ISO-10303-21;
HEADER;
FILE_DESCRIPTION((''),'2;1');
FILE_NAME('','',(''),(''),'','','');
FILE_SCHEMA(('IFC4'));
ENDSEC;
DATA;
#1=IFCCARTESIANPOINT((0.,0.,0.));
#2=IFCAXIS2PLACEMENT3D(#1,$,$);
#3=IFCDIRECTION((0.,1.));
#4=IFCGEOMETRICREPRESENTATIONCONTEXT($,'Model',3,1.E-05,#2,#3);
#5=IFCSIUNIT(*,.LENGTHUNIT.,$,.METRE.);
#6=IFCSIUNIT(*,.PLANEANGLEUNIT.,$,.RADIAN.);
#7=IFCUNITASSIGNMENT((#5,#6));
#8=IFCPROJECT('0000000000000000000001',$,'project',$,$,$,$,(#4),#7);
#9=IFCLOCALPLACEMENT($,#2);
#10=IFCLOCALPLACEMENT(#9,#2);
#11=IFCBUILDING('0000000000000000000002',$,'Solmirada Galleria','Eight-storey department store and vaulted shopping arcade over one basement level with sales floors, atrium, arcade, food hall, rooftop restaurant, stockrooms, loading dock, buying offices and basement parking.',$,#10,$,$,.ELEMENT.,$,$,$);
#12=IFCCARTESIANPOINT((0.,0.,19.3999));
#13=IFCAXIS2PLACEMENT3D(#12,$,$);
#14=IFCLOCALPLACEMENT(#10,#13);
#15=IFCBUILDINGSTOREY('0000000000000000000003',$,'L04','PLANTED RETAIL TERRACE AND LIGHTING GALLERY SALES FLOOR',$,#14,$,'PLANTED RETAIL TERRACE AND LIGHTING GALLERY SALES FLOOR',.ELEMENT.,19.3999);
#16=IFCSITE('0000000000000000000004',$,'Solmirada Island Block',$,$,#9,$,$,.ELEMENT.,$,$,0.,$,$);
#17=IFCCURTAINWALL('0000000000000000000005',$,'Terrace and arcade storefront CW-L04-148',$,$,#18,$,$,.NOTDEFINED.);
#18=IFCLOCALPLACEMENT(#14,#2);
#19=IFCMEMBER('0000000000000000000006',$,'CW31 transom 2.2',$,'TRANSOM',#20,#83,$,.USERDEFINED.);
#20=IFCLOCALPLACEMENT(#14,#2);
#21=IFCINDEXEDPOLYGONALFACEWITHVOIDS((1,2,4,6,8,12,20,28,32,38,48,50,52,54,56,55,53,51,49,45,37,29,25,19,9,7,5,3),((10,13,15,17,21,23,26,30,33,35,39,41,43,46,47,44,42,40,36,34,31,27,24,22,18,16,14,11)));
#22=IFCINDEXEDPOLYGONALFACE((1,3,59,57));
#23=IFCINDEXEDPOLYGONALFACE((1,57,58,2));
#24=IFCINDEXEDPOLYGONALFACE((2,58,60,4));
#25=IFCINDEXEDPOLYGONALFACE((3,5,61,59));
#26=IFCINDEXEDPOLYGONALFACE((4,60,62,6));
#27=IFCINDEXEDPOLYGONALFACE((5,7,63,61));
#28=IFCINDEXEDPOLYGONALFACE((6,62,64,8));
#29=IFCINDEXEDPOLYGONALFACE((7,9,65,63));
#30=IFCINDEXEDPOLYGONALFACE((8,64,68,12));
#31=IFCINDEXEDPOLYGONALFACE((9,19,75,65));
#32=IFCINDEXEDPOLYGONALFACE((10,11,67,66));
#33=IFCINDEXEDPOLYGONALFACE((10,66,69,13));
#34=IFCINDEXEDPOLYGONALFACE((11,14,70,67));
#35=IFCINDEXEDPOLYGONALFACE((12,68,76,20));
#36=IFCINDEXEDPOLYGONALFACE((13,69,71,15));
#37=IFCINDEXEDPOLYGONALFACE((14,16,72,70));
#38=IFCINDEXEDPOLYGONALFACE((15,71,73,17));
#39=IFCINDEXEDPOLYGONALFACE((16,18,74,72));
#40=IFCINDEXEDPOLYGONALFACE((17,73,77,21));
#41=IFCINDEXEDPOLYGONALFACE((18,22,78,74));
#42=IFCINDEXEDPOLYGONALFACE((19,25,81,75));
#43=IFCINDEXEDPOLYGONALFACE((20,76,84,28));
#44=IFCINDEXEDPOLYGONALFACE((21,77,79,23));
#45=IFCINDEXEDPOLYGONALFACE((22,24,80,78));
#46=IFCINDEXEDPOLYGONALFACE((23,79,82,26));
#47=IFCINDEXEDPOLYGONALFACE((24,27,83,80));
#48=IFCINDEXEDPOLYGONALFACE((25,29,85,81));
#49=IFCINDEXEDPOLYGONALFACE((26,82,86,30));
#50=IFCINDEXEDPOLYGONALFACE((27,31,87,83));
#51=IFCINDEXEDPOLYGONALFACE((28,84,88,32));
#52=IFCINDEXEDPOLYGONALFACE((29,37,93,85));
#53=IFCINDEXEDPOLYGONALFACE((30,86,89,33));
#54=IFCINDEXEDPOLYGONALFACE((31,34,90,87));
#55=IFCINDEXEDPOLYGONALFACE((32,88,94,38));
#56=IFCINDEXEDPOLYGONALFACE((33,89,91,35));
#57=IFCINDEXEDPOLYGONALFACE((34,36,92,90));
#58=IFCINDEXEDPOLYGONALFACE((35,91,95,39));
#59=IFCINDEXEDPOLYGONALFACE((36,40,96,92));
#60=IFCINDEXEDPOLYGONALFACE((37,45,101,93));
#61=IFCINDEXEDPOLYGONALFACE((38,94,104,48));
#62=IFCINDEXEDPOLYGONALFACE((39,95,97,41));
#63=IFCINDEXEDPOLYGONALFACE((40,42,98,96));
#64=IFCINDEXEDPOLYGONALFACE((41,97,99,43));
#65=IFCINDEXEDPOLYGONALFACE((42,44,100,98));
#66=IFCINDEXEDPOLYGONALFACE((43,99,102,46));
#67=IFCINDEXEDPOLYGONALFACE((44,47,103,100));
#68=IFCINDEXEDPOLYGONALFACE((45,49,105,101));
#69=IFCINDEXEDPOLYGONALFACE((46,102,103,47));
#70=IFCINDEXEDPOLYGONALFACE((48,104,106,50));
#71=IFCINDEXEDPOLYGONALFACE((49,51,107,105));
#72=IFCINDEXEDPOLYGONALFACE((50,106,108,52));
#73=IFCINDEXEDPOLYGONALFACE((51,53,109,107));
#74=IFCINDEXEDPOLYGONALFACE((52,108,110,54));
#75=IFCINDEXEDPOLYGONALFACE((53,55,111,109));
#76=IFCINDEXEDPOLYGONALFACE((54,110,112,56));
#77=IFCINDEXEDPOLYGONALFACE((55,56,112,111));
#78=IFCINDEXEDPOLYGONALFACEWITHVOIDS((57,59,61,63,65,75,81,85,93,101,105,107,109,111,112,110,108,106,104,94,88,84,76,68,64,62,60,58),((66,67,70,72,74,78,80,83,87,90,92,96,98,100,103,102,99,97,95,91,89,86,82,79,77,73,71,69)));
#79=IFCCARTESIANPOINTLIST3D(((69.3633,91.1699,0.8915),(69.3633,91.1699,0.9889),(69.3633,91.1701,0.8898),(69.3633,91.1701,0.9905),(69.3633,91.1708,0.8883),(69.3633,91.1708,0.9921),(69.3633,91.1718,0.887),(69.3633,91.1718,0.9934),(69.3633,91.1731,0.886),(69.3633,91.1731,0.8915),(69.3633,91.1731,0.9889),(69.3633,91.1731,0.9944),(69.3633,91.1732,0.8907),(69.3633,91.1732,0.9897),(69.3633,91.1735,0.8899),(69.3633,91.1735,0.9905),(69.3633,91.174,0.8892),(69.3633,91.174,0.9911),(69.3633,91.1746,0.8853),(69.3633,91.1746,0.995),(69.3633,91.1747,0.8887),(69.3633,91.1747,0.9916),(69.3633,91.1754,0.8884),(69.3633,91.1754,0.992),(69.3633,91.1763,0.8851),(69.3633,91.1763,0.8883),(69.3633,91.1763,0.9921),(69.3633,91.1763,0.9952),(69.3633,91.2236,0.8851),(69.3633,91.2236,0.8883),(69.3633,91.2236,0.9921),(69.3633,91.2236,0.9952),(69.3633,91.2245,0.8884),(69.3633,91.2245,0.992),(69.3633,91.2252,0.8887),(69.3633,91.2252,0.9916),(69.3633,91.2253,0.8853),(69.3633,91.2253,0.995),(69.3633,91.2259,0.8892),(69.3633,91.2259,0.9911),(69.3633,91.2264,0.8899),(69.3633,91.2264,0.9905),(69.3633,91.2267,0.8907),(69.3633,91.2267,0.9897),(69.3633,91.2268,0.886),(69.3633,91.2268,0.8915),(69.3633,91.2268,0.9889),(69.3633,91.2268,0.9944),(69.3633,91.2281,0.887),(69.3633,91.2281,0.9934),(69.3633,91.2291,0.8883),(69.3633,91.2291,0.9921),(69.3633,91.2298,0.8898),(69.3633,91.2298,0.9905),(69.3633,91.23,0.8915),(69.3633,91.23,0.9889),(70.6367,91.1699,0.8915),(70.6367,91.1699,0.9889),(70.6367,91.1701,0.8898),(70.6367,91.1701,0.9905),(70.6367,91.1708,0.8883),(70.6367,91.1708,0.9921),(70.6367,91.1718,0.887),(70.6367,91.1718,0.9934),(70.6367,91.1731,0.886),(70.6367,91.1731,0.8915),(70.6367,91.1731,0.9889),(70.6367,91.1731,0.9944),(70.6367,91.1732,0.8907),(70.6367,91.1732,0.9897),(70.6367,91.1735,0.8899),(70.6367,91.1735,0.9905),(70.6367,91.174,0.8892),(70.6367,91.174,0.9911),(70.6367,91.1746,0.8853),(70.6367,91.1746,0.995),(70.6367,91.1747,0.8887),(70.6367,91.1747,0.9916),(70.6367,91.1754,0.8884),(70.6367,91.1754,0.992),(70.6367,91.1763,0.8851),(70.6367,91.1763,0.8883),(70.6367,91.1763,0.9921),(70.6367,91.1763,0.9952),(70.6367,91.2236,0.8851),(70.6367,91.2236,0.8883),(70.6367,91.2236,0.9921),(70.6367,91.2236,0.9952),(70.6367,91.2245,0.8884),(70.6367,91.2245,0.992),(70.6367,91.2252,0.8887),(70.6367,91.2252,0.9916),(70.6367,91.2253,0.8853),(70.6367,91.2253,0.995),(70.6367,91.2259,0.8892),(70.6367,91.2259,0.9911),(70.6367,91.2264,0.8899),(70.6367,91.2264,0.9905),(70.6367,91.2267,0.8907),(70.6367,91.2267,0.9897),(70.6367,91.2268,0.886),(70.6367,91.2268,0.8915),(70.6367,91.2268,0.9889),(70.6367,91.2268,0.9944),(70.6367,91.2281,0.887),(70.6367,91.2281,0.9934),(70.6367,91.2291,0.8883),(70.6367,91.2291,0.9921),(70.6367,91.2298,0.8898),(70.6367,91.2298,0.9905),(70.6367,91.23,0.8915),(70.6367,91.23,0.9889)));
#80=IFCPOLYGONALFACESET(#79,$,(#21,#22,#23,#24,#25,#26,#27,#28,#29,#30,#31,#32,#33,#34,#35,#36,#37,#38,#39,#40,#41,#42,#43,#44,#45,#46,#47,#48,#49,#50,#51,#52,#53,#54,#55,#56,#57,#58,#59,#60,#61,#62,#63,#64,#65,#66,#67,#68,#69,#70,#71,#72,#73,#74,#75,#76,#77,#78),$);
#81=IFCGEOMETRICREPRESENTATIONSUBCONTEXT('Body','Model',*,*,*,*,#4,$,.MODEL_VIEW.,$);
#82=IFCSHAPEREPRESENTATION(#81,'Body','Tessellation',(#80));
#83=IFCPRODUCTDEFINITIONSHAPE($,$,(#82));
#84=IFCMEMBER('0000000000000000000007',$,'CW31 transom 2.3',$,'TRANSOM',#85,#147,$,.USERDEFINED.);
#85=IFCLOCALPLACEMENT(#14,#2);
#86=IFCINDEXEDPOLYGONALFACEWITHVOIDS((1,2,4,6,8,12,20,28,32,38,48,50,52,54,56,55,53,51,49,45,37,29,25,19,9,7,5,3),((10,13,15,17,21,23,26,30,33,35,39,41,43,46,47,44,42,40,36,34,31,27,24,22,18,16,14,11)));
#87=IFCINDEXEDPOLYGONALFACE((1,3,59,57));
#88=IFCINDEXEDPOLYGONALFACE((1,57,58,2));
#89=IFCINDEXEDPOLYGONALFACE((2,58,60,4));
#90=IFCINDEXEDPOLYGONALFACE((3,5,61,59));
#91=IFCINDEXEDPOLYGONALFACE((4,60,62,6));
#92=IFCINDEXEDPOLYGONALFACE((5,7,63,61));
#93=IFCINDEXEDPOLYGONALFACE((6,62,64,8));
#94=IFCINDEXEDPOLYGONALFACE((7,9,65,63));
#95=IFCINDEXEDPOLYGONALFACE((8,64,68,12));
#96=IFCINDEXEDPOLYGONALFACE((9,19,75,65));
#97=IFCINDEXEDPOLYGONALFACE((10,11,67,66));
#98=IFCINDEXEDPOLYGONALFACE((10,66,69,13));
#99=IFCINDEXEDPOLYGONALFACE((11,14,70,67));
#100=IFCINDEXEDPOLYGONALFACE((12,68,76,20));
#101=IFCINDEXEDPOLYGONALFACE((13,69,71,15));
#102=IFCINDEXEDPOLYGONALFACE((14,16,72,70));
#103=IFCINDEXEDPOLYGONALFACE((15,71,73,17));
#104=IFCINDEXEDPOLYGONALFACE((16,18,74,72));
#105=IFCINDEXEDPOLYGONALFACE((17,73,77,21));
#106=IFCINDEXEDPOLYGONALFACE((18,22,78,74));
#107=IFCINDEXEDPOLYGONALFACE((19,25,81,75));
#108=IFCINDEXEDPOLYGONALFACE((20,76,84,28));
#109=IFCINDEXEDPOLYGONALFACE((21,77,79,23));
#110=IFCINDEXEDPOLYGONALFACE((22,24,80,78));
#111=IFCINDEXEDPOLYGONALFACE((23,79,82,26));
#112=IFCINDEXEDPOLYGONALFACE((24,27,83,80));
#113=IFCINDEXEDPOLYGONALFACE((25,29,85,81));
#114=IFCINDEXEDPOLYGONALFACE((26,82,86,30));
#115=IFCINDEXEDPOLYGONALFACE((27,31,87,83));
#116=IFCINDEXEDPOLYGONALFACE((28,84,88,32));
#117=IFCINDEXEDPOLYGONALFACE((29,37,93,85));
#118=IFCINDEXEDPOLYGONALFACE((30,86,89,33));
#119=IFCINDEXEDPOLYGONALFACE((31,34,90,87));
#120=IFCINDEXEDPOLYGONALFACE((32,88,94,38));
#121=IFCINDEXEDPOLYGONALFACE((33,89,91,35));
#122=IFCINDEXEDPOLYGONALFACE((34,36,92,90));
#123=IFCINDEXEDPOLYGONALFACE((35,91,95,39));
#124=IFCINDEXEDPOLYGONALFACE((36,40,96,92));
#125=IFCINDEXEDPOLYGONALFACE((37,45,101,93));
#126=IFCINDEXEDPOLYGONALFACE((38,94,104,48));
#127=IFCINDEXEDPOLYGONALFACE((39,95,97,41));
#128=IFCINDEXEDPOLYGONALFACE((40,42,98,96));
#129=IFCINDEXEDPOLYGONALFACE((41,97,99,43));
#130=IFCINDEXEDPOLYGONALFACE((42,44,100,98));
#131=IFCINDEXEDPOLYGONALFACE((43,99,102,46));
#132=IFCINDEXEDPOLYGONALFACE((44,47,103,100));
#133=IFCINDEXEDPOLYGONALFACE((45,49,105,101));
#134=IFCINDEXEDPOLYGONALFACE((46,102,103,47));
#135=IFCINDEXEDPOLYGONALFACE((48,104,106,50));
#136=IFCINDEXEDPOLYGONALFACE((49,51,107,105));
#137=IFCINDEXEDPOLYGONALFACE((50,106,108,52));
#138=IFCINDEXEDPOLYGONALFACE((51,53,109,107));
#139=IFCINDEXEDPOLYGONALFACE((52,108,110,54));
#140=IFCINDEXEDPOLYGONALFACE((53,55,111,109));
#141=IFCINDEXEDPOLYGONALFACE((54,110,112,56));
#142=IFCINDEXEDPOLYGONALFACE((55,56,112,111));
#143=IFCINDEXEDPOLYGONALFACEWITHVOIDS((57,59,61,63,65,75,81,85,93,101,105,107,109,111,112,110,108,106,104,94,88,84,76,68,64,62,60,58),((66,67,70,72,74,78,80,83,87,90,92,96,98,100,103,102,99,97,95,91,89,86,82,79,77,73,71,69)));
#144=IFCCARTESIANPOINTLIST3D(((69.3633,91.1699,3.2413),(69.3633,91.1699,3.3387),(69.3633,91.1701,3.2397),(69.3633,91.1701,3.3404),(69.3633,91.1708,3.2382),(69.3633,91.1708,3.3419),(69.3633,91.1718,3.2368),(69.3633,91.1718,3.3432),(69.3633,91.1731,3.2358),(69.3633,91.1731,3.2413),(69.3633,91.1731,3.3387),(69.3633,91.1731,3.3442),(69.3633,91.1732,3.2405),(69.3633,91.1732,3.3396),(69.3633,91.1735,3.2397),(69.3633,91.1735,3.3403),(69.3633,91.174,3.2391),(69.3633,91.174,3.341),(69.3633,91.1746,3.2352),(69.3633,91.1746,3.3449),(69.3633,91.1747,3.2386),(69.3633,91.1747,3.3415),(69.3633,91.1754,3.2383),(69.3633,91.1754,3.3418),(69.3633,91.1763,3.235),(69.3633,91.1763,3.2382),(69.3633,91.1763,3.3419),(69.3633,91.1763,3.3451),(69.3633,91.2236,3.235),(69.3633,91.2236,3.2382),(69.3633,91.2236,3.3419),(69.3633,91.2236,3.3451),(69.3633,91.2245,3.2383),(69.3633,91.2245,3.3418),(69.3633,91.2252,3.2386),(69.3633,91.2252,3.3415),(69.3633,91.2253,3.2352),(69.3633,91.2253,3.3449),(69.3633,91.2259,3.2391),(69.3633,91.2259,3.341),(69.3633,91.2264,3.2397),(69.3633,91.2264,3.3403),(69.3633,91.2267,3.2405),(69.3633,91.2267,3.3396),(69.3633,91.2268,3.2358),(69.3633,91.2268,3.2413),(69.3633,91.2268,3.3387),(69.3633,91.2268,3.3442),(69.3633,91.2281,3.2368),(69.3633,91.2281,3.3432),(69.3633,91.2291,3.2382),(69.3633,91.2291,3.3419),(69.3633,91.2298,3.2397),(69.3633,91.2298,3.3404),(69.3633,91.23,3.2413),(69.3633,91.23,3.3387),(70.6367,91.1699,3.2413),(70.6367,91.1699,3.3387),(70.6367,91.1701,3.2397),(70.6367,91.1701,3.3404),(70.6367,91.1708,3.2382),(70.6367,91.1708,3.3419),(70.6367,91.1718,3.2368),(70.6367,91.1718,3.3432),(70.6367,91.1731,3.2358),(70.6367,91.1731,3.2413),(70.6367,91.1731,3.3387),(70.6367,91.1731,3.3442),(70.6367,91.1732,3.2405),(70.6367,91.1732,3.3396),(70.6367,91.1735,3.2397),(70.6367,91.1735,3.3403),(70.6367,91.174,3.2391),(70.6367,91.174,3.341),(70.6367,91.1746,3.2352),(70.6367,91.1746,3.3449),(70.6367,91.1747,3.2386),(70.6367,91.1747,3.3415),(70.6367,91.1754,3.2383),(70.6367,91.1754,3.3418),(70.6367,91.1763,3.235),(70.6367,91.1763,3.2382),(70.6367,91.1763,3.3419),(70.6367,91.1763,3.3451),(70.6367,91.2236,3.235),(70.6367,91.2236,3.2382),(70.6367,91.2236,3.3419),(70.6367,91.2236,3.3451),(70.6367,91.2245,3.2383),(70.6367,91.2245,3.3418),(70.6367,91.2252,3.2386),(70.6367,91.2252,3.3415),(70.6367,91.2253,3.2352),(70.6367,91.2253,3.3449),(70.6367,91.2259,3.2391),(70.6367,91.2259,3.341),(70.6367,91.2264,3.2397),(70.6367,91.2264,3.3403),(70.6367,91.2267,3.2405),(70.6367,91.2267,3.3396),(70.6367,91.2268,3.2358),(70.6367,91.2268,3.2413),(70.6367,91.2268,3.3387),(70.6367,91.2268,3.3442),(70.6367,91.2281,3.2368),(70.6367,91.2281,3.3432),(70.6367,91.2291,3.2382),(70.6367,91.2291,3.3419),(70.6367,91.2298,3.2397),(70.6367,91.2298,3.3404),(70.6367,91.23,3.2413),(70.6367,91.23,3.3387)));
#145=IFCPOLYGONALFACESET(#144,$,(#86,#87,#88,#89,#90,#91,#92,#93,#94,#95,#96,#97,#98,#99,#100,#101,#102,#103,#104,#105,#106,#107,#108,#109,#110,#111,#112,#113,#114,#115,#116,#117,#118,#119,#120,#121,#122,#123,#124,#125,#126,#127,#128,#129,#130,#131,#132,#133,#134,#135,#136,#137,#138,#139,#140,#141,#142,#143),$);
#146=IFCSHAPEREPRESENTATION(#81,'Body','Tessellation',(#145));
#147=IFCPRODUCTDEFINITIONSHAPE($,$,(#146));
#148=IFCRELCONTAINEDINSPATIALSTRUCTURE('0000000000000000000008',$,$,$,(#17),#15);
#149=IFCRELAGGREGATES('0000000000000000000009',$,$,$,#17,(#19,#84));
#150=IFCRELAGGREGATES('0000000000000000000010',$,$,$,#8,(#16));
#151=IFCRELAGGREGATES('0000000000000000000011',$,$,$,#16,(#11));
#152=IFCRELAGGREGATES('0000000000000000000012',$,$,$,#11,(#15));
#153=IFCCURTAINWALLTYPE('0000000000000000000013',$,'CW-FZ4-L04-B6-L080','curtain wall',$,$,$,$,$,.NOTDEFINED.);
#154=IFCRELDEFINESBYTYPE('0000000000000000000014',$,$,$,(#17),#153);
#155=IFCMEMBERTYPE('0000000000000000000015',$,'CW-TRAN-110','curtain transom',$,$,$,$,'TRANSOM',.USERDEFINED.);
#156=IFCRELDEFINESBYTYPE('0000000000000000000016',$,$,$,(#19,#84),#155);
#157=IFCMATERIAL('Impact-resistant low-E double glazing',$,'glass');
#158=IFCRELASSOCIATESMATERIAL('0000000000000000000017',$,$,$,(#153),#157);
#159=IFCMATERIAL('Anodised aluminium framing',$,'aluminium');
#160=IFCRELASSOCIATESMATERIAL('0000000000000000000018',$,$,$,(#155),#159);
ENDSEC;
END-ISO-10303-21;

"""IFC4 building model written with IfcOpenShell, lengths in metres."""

from ifc_helpers import new_model, si_unit, direction, frame, origin, origin_2d, place, context, subcontext, project, spatial, hollow_rectangle, extrude, material, material_profile, profile_set, type_object, element, aggregate, save


model = new_model("IFC4")

# Units and contexts
model_context = context("Model", 3, precision=1e-05, world=origin(), true_north=direction((0.0, 1.0)))
body_context = subcontext(model_context, "Body", "Model", "MODEL_VIEW")
ifc_project = project(units=[si_unit("LENGTHUNIT", "METRE"), si_unit("PLANEANGLEUNIT", "RADIAN")], contexts=[model_context])

# Site, building, storey
site_placement = place(None, origin())
site = spatial("IfcSite", under=ifc_project, at=site_placement, Name="Solmirada Island Block", CompositionType="ELEMENT", RefElevation=0.0)
building_placement = place(site_placement, origin())
building = spatial("IfcBuilding", under=site, at=building_placement, Name="Solmirada Galleria", Description="Eight-storey department store and vaulted shopping arcade over one basement level with sales floors, atrium, arcade, food hall, rooftop restaurant, stockrooms, loading dock, buying offices and basement parking.", CompositionType="ELEMENT")
storey_placement = place(building_placement, frame((0.0, 0.0, 19.3999)))
storey = spatial("IfcBuildingStorey", under=building, at=storey_placement, Name="L04", Description="PLANTED RETAIL TERRACE AND LIGHTING GALLERY SALES FLOOR", LongName="PLANTED RETAIL TERRACE AND LIGHTING GALLERY SALES FLOOR", CompositionType="ELEMENT", Elevation=19.3999)

# Curtain wall, members
ifc_material_1 = material(Name="Impact-resistant low-E double glazing", Category="glass")
curtain_wall_type = type_object("IfcCurtainWallType", Name="CW-FZ4-L04-B6-L080", Description="curtain wall", PredefinedType="NOTDEFINED", material=ifc_material_1)
curtain_wall_placement = place(storey_placement, origin())
curtain_wall = element("IfcCurtainWall", 1, at=curtain_wall_placement, inside=storey, type_object=curtain_wall_type, Name="Terrace and arcade storefront CW-L04-148", PredefinedType="NOTDEFINED")
ifc_material_2 = material(Name="Anodised aluminium framing", Category="aluminium")
ifc_material_profile_1 = material_profile(ifc_material_2, hollow_rectangle(XDim=0.0601, YDim=0.1101, WallThickness=0.0032, InnerFilletRadius=0.0032, OuterFilletRadius=0.0063, at=origin_2d()), Name="ALU-TRAN-110X60")
ifc_profile_set_1 = profile_set([ifc_material_profile_1], Name="Anodised aluminium framing")
member_type_1 = type_object("IfcMemberType", Name="CW-TRAN-110", Description="curtain transom", ElementType="TRANSOM", PredefinedType="USERDEFINED", material=ifc_profile_set_1)
member_1_placement = place(storey_placement, frame((70.6367, 91.2, 0.9402), z_axis=(-1.0, 0.0, 0.0), x_axis=(0.0, -1.0, 0.0)))
member_1 = element("IfcMember", 2, at=member_1_placement, type_object=member_type_1, Name="CW31 transom 2.2", ObjectType="TRANSOM", PredefinedType="USERDEFINED", context=body_context, shape_type="SweptSolid", body=[
    extrude(hollow_rectangle(XDim=0.0601, YDim=0.1101, WallThickness=0.0032, InnerFilletRadius=0.0032, OuterFilletRadius=0.0063, at=origin_2d()), origin(), (0.0, 0.0, 1.0), 1.2734),
])
member_2_placement = place(storey_placement, frame((70.6367, 91.2, 3.29), z_axis=(-1.0, 0.0, 0.0), x_axis=(0.0, -1.0, 0.0)))
member_2 = element("IfcMember", 3, at=member_2_placement, type_object=member_type_1, Name="CW31 transom 2.3", ObjectType="TRANSOM", PredefinedType="USERDEFINED", context=body_context, shape_type="SweptSolid", body=[
    extrude(hollow_rectangle(XDim=0.0601, YDim=0.1101, WallThickness=0.0032, InnerFilletRadius=0.0032, OuterFilletRadius=0.0063, at=origin_2d()), origin(), (0.0, 0.0, 1.0), 1.2734),
])
aggregate(curtain_wall, [member_1, member_2])

save(model, "model.ifc")
